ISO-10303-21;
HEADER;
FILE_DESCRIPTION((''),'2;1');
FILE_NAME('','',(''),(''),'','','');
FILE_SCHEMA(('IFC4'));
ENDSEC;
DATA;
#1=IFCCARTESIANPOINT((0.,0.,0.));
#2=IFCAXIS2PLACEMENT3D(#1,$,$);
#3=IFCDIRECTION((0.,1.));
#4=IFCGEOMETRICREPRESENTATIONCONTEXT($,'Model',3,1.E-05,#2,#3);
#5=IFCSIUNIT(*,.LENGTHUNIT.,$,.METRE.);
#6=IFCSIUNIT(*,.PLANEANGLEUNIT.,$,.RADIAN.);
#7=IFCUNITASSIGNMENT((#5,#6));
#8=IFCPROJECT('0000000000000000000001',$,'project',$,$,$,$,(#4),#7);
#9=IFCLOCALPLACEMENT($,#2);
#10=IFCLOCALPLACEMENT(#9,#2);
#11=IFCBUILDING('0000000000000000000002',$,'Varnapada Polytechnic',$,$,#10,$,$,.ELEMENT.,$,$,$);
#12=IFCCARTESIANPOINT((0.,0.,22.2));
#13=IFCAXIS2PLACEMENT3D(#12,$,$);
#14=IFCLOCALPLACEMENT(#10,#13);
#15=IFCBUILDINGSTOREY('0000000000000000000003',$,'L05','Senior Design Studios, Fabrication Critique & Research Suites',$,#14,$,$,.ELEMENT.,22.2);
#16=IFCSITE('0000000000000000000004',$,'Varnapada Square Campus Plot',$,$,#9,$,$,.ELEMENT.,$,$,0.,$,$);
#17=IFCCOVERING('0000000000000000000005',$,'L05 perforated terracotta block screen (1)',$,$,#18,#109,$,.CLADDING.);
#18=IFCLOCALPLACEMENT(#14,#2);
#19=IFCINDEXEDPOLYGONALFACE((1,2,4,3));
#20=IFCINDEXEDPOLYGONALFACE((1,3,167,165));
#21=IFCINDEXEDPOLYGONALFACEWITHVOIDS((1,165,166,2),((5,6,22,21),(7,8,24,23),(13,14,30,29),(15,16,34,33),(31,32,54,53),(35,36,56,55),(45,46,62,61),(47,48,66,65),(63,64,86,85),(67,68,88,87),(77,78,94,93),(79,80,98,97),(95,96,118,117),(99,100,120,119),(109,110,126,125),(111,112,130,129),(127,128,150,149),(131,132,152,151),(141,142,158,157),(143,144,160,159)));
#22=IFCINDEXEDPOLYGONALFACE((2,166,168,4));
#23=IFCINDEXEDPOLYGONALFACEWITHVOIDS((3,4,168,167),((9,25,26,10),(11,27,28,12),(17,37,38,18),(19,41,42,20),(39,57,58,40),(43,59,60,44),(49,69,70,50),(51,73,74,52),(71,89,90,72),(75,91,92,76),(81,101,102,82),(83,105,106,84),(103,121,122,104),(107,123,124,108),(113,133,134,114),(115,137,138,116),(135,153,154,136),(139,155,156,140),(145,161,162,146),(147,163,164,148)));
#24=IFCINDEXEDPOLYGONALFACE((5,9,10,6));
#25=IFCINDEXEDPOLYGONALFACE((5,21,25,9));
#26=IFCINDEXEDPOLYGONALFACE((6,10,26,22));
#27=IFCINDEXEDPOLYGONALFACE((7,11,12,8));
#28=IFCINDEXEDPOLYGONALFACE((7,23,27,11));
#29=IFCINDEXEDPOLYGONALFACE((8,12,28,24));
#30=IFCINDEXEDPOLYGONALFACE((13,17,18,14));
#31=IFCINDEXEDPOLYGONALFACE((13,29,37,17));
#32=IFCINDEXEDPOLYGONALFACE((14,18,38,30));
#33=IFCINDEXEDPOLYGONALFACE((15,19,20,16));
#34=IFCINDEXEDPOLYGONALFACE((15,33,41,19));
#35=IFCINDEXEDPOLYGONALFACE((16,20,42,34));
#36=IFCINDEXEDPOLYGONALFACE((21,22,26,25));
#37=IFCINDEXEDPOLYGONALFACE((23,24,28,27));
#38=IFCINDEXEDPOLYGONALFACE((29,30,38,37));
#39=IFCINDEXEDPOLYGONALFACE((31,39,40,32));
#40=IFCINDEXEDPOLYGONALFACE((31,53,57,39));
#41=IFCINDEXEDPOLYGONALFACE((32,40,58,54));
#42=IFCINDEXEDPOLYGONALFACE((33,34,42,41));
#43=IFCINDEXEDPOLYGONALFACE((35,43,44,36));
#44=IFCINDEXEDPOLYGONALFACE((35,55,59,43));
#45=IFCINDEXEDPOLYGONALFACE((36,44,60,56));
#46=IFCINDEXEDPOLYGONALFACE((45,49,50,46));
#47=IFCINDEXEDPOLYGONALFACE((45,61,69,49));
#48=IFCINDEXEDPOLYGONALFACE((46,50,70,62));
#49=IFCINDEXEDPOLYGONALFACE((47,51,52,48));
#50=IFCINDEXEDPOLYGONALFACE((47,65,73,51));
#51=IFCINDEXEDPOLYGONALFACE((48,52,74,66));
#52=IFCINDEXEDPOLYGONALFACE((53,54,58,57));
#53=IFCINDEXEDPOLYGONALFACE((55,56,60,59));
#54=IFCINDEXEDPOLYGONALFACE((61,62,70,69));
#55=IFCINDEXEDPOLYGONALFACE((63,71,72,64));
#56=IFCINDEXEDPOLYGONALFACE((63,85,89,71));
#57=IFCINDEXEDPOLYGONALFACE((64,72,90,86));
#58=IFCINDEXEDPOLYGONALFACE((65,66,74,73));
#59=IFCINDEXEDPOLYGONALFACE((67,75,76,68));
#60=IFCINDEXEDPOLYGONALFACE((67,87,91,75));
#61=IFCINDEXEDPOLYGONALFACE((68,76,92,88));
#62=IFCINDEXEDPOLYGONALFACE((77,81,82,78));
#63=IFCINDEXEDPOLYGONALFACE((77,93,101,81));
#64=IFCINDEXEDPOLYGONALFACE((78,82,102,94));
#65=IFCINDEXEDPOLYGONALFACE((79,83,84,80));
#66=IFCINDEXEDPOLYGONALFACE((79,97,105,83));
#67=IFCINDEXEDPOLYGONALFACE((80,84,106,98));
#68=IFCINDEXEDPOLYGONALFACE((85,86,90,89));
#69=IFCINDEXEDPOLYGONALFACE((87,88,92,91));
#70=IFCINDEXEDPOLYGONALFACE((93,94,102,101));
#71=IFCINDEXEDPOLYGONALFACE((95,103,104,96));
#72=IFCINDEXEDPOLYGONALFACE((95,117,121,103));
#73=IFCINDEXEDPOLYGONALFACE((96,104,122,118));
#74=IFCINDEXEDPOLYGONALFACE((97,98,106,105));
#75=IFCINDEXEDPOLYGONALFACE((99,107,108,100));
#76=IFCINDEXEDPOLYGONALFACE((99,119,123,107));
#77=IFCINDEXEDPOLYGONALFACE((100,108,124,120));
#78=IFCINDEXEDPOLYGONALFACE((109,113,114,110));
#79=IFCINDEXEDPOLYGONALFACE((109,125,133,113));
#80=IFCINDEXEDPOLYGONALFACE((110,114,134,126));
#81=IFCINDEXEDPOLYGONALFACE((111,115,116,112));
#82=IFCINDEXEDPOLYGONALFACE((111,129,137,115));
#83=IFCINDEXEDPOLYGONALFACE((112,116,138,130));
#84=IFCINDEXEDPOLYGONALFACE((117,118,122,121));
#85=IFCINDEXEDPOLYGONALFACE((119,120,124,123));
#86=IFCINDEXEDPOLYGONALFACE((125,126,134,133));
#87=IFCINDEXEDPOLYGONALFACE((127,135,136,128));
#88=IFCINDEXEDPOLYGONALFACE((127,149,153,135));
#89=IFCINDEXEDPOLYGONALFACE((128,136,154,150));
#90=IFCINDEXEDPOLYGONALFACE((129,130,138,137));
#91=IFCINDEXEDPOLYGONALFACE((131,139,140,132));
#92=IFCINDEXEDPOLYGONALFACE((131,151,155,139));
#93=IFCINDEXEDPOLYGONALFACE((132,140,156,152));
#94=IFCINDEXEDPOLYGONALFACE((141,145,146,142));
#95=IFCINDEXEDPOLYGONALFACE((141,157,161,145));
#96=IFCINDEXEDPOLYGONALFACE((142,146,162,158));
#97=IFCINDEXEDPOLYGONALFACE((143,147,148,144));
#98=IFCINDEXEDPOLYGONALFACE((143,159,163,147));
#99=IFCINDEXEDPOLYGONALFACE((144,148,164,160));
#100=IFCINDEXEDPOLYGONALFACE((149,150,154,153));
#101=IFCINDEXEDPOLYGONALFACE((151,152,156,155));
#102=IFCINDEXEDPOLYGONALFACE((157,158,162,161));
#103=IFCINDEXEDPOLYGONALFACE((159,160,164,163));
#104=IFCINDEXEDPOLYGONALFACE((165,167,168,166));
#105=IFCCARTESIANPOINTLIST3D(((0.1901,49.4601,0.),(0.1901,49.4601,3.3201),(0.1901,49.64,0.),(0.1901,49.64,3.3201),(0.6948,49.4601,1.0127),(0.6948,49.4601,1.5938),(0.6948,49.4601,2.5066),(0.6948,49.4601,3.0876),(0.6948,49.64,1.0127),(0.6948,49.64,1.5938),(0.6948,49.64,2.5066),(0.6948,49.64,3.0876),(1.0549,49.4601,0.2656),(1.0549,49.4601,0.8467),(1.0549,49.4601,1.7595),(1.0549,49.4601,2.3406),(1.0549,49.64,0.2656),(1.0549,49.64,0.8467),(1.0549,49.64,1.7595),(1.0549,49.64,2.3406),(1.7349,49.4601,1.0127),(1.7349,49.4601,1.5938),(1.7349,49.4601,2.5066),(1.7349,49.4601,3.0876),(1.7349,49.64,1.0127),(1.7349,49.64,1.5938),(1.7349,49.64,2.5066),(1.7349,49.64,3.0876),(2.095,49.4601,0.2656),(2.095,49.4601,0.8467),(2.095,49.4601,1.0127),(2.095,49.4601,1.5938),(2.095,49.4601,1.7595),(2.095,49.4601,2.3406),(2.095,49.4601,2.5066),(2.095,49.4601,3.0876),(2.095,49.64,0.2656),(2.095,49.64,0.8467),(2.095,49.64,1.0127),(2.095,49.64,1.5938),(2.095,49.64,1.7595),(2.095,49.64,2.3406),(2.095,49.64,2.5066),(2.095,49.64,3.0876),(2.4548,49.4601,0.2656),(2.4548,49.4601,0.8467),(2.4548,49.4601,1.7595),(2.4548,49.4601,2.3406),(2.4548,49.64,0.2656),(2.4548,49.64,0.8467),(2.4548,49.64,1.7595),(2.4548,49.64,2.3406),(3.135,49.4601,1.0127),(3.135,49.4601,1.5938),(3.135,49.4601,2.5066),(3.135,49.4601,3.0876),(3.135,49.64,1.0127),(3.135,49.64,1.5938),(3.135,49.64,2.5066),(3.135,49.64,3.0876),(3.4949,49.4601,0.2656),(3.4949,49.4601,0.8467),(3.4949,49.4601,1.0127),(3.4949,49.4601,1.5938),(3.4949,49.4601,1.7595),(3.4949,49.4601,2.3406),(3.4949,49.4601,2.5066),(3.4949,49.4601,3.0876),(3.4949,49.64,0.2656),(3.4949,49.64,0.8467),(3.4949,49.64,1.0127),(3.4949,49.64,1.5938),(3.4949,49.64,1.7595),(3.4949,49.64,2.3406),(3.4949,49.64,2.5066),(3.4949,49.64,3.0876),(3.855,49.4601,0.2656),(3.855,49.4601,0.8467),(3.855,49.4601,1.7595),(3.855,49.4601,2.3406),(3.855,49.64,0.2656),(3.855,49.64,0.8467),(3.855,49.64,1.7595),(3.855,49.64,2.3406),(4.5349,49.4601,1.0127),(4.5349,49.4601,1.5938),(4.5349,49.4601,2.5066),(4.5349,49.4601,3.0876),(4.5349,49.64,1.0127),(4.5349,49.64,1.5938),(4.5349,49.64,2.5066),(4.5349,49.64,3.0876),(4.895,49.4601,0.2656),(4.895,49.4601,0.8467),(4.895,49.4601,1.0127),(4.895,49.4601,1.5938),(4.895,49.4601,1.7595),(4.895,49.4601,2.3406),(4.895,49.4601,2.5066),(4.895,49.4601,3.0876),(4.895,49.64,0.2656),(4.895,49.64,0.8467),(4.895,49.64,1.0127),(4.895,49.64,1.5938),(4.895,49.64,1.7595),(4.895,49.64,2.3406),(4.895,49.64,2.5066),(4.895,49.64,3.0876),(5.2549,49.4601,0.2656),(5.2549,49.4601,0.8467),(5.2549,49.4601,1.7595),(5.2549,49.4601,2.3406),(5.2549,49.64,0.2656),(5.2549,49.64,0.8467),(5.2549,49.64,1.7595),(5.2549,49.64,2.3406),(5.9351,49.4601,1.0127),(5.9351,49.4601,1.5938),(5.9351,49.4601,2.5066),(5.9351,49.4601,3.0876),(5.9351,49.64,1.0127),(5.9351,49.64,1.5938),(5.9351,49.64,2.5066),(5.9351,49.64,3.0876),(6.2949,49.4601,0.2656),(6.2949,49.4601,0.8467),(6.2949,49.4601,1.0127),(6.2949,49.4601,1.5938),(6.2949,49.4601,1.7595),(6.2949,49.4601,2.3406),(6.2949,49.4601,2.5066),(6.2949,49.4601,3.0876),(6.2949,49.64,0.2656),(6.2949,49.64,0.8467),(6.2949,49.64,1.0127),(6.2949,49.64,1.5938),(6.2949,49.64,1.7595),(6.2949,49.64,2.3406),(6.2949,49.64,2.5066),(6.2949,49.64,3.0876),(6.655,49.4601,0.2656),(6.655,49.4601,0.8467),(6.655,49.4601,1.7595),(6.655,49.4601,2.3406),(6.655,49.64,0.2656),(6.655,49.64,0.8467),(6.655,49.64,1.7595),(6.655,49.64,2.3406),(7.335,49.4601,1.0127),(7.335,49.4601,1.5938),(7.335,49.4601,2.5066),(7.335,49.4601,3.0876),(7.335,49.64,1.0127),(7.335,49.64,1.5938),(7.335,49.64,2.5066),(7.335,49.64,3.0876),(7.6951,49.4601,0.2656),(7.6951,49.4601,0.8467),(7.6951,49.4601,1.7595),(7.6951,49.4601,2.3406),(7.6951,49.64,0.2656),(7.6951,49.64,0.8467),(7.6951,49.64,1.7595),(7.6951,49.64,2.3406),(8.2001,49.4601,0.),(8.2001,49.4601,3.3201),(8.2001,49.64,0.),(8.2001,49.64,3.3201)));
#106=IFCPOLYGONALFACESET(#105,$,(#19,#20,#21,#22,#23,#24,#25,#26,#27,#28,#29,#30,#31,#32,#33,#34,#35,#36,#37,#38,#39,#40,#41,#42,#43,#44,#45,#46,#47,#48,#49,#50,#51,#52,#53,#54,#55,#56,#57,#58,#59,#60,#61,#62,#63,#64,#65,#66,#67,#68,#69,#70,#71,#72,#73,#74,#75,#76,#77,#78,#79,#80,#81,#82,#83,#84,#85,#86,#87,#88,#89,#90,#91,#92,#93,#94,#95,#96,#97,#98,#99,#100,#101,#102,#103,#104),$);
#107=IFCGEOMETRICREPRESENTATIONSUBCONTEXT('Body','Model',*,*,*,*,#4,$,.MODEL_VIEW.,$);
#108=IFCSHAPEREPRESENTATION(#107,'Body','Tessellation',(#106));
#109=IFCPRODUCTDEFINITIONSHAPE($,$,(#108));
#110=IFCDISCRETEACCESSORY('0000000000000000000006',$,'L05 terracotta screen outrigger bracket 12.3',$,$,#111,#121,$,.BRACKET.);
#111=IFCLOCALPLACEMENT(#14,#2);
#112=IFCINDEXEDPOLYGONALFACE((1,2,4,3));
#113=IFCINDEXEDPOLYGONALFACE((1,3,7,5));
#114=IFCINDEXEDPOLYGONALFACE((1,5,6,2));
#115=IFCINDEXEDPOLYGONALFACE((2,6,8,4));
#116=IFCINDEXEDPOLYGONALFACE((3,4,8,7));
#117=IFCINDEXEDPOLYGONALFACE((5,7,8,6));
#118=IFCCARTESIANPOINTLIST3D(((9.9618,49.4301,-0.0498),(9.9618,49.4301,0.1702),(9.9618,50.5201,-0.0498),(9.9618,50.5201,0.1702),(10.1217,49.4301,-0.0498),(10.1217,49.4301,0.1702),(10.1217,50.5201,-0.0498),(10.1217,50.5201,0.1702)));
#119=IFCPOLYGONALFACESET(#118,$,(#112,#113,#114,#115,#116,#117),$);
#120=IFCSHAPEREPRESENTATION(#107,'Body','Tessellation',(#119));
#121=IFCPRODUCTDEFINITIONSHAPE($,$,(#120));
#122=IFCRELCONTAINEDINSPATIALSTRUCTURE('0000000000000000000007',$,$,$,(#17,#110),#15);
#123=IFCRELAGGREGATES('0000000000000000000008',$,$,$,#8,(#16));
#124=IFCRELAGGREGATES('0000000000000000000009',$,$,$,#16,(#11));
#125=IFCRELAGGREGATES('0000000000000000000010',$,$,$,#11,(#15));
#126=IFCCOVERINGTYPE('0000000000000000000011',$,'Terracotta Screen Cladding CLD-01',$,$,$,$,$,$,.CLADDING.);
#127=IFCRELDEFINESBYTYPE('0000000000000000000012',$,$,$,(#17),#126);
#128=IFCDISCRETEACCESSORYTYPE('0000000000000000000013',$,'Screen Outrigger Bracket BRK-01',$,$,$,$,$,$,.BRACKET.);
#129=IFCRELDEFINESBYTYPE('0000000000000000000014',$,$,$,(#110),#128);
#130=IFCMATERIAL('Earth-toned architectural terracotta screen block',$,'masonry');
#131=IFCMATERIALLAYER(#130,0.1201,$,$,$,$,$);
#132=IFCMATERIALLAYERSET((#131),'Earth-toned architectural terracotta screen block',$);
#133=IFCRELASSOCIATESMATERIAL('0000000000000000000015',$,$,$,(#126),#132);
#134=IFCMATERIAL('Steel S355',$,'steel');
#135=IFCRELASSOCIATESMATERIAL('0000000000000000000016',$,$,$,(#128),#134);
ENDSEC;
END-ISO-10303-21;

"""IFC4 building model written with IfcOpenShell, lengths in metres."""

from ifc_helpers import new_model, si_unit, direction, frame, frame_2d, origin, origin_2d, place, context, subcontext, project, spatial, rectangle, extrude, material, layer, layer_set, type_object, element, save


model = new_model("IFC4")

# Units and contexts
model_context = context("Model", 3, precision=1e-05, world=origin(), true_north=direction((0.0, 1.0)))
body_context = subcontext(model_context, "Body", "Model", "MODEL_VIEW")
ifc_project = project(units=[si_unit("LENGTHUNIT", "METRE"), si_unit("PLANEANGLEUNIT", "RADIAN")], contexts=[model_context])

# Site, building, storey
site_placement = place(None, origin())
site = spatial("IfcSite", under=ifc_project, at=site_placement, Name="Varnapada Square Campus Plot", CompositionType="ELEMENT", RefElevation=0.0)
building_placement = place(site_placement, origin())
building = spatial("IfcBuilding", under=site, at=building_placement, Name="Varnapada Polytechnic", CompositionType="ELEMENT")
storey_placement = place(building_placement, frame((0.0, 0.0, 22.2)))
storey = spatial("IfcBuildingStorey", under=building, at=storey_placement, Name="L05", Description="Senior Design Studios, Fabrication Critique & Research Suites", CompositionType="ELEMENT", Elevation=22.2)

# Covering, openings
ifc_material_1 = material(Name="Earth-toned architectural terracotta screen block", Category="masonry")
ifc_layer = layer(ifc_material_1, 0.1201)
ifc_layer_set = layer_set([ifc_layer], Name="Earth-toned architectural terracotta screen block")
covering_type = type_object("IfcCoveringType", Name="Terracotta Screen Cladding CLD-01", PredefinedType="CLADDING", material=ifc_layer_set)
covering_placement = place(storey_placement, frame((8.2, 49.55, 0.0), z_axis=(0.0, 0.0, 1.0), x_axis=(-1.0, 0.0, 0.0)))
covering = element("IfcCovering", 1, at=covering_placement, inside=storey, type_object=covering_type, Name="L05 perforated terracotta block screen (1)", PredefinedType="CLADDING", context=body_context, shape_type="SweptSolid", body=[
    extrude(rectangle(XDim=8.01, YDim=0.1799, at=frame_2d((4.0049, 0.0))), origin(), (0.0, 0.0, 1.0), 3.3201),
])
opening_1_placement = place(covering_placement, frame((0.5049, 0.0, 0.2656)))
element("IfcOpeningElement", 2, at=opening_1_placement, cuts=covering, PredefinedType="OPENING", context=body_context, shape_type="SweptSolid", body=[
    extrude(rectangle(XDim=1.04, YDim=0.5811, at=frame_2d((0.52, 0.2905))), frame((0.0, 0.0999, 0.0), z_axis=(0.0, -1.0, 0.0), x_axis=(1.0, 0.0, 0.0)), (0.0, 0.0, 1.0), 0.2),
])
opening_2_placement = place(covering_placement, frame((1.905, 0.0, 0.2656)))
element("IfcOpeningElement", 3, at=opening_2_placement, cuts=covering, PredefinedType="OPENING", context=body_context, shape_type="SweptSolid", body=[
    extrude(rectangle(XDim=1.04, YDim=0.5811, at=frame_2d((0.52, 0.2905))), frame((0.0, 0.0999, 0.0), z_axis=(0.0, -1.0, 0.0), x_axis=(1.0, 0.0, 0.0)), (0.0, 0.0, 1.0), 0.2),
])
opening_3_placement = place(covering_placement, frame((3.3049, 0.0, 0.2656)))
element("IfcOpeningElement", 4, at=opening_3_placement, cuts=covering, PredefinedType="OPENING", context=body_context, shape_type="SweptSolid", body=[
    extrude(rectangle(XDim=1.04, YDim=0.5811, at=frame_2d((0.52, 0.2905))), frame((0.0, 0.0999, 0.0), z_axis=(0.0, -1.0, 0.0), x_axis=(1.0, 0.0, 0.0)), (0.0, 0.0, 1.0), 0.2),
])
opening_4_placement = place(covering_placement, frame((4.7051, 0.0, 0.2656)))
element("IfcOpeningElement", 5, at=opening_4_placement, cuts=covering, PredefinedType="OPENING", context=body_context, shape_type="SweptSolid", body=[
    extrude(rectangle(XDim=1.04, YDim=0.5811, at=frame_2d((0.52, 0.2905))), frame((0.0, 0.0999, 0.0), z_axis=(0.0, -1.0, 0.0), x_axis=(1.0, 0.0, 0.0)), (0.0, 0.0, 1.0), 0.2),
])
opening_5_placement = place(covering_placement, frame((6.105, 0.0, 0.2656)))
element("IfcOpeningElement", 6, at=opening_5_placement, cuts=covering, PredefinedType="OPENING", context=body_context, shape_type="SweptSolid", body=[
    extrude(rectangle(XDim=1.04, YDim=0.5811, at=frame_2d((0.52, 0.2905))), frame((0.0, 0.0999, 0.0), z_axis=(0.0, -1.0, 0.0), x_axis=(1.0, 0.0, 0.0)), (0.0, 0.0, 1.0), 0.2),
])
opening_6_placement = place(covering_placement, frame((0.865, 0.0, 1.0127)))
element("IfcOpeningElement", 7, at=opening_6_placement, cuts=covering, PredefinedType="OPENING", context=body_context, shape_type="SweptSolid", body=[
    extrude(rectangle(XDim=1.04, YDim=0.5811, at=frame_2d((0.52, 0.2905))), frame((0.0, 0.0999, 0.0), z_axis=(0.0, -1.0, 0.0), x_axis=(1.0, 0.0, 0.0)), (0.0, 0.0, 1.0), 0.2),
])
opening_7_placement = place(covering_placement, frame((2.2649, 0.0, 1.0127)))
element("IfcOpeningElement", 8, at=opening_7_placement, cuts=covering, PredefinedType="OPENING", context=body_context, shape_type="SweptSolid", body=[
    extrude(rectangle(XDim=1.04, YDim=0.5811, at=frame_2d((0.52, 0.2905))), frame((0.0, 0.0999, 0.0), z_axis=(0.0, -1.0, 0.0), x_axis=(1.0, 0.0, 0.0)), (0.0, 0.0, 1.0), 0.2),
])
opening_8_placement = place(covering_placement, frame((3.665, 0.0, 1.0127)))
element("IfcOpeningElement", 9, at=opening_8_placement, cuts=covering, PredefinedType="OPENING", context=body_context, shape_type="SweptSolid", body=[
    extrude(rectangle(XDim=1.04, YDim=0.5811, at=frame_2d((0.52, 0.2905))), frame((0.0, 0.0999, 0.0), z_axis=(0.0, -1.0, 0.0), x_axis=(1.0, 0.0, 0.0)), (0.0, 0.0, 1.0), 0.2),
])
opening_9_placement = place(covering_placement, frame((5.0649, 0.0, 1.0127)))
element("IfcOpeningElement", 10, at=opening_9_placement, cuts=covering, PredefinedType="OPENING", context=body_context, shape_type="SweptSolid", body=[
    extrude(rectangle(XDim=1.04, YDim=0.5811, at=frame_2d((0.52, 0.2905))), frame((0.0, 0.0999, 0.0), z_axis=(0.0, -1.0, 0.0), x_axis=(1.0, 0.0, 0.0)), (0.0, 0.0, 1.0), 0.2),
])
opening_10_placement = place(covering_placement, frame((6.4651, 0.0, 1.0127)))
element("IfcOpeningElement", 11, at=opening_10_placement, cuts=covering, PredefinedType="OPENING", context=body_context, shape_type="SweptSolid", body=[
    extrude(rectangle(XDim=1.04, YDim=0.5811, at=frame_2d((0.52, 0.2905))), frame((0.0, 0.0999, 0.0), z_axis=(0.0, -1.0, 0.0), x_axis=(1.0, 0.0, 0.0)), (0.0, 0.0, 1.0), 0.2),
])
opening_11_placement = place(covering_placement, frame((0.5049, 0.0, 1.7595)))
element("IfcOpeningElement", 12, at=opening_11_placement, cuts=covering, PredefinedType="OPENING", context=body_context, shape_type="SweptSolid", body=[
    extrude(rectangle(XDim=1.04, YDim=0.5811, at=frame_2d((0.52, 0.2905))), frame((0.0, 0.0999, 0.0), z_axis=(0.0, -1.0, 0.0), x_axis=(1.0, 0.0, 0.0)), (0.0, 0.0, 1.0), 0.2),
])
opening_12_placement = place(covering_placement, frame((1.905, 0.0, 1.7595)))
element("IfcOpeningElement", 13, at=opening_12_placement, cuts=covering, PredefinedType="OPENING", context=body_context, shape_type="SweptSolid", body=[
    extrude(rectangle(XDim=1.04, YDim=0.5811, at=frame_2d((0.52, 0.2905))), frame((0.0, 0.0999, 0.0), z_axis=(0.0, -1.0, 0.0), x_axis=(1.0, 0.0, 0.0)), (0.0, 0.0, 1.0), 0.2),
])
opening_13_placement = place(covering_placement, frame((3.3049, 0.0, 1.7595)))
element("IfcOpeningElement", 14, at=opening_13_placement, cuts=covering, PredefinedType="OPENING", context=body_context, shape_type="SweptSolid", body=[
    extrude(rectangle(XDim=1.04, YDim=0.5811, at=frame_2d((0.52, 0.2905))), frame((0.0, 0.0999, 0.0), z_axis=(0.0, -1.0, 0.0), x_axis=(1.0, 0.0, 0.0)), (0.0, 0.0, 1.0), 0.2),
])
opening_14_placement = place(covering_placement, frame((4.7051, 0.0, 1.7595)))
element("IfcOpeningElement", 15, at=opening_14_placement, cuts=covering, PredefinedType="OPENING", context=body_context, shape_type="SweptSolid", body=[
    extrude(rectangle(XDim=1.04, YDim=0.5811, at=frame_2d((0.52, 0.2905))), frame((0.0, 0.0999, 0.0), z_axis=(0.0, -1.0, 0.0), x_axis=(1.0, 0.0, 0.0)), (0.0, 0.0, 1.0), 0.2),
])
opening_15_placement = place(covering_placement, frame((6.105, 0.0, 1.7595)))
element("IfcOpeningElement", 16, at=opening_15_placement, cuts=covering, PredefinedType="OPENING", context=body_context, shape_type="SweptSolid", body=[
    extrude(rectangle(XDim=1.04, YDim=0.5811, at=frame_2d((0.52, 0.2905))), frame((0.0, 0.0999, 0.0), z_axis=(0.0, -1.0, 0.0), x_axis=(1.0, 0.0, 0.0)), (0.0, 0.0, 1.0), 0.2),
])
opening_16_placement = place(covering_placement, frame((0.865, 0.0, 2.5066)))
element("IfcOpeningElement", 17, at=opening_16_placement, cuts=covering, PredefinedType="OPENING", context=body_context, shape_type="SweptSolid", body=[
    extrude(rectangle(XDim=1.04, YDim=0.5811, at=frame_2d((0.52, 0.2905))), frame((0.0, 0.0999, 0.0), z_axis=(0.0, -1.0, 0.0), x_axis=(1.0, 0.0, 0.0)), (0.0, 0.0, 1.0), 0.2),
])
opening_17_placement = place(covering_placement, frame((2.2649, 0.0, 2.5066)))
element("IfcOpeningElement", 18, at=opening_17_placement, cuts=covering, PredefinedType="OPENING", context=body_context, shape_type="SweptSolid", body=[
    extrude(rectangle(XDim=1.04, YDim=0.5811, at=frame_2d((0.52, 0.2905))), frame((0.0, 0.0999, 0.0), z_axis=(0.0, -1.0, 0.0), x_axis=(1.0, 0.0, 0.0)), (0.0, 0.0, 1.0), 0.2),
])
opening_18_placement = place(covering_placement, frame((3.665, 0.0, 2.5066)))
element("IfcOpeningElement", 19, at=opening_18_placement, cuts=covering, PredefinedType="OPENING", context=body_context, shape_type="SweptSolid", body=[
    extrude(rectangle(XDim=1.04, YDim=0.5811, at=frame_2d((0.52, 0.2905))), frame((0.0, 0.0999, 0.0), z_axis=(0.0, -1.0, 0.0), x_axis=(1.0, 0.0, 0.0)), (0.0, 0.0, 1.0), 0.2),
])
opening_19_placement = place(covering_placement, frame((5.0649, 0.0, 2.5066)))
element("IfcOpeningElement", 20, at=opening_19_placement, cuts=covering, PredefinedType="OPENING", context=body_context, shape_type="SweptSolid", body=[
    extrude(rectangle(XDim=1.04, YDim=0.5811, at=frame_2d((0.52, 0.2905))), frame((0.0, 0.0999, 0.0), z_axis=(0.0, -1.0, 0.0), x_axis=(1.0, 0.0, 0.0)), (0.0, 0.0, 1.0), 0.2),
])
opening_20_placement = place(covering_placement, frame((6.4651, 0.0, 2.5066)))
element("IfcOpeningElement", 21, at=opening_20_placement, cuts=covering, PredefinedType="OPENING", context=body_context, shape_type="SweptSolid", body=[
    extrude(rectangle(XDim=1.04, YDim=0.5811, at=frame_2d((0.52, 0.2905))), frame((0.0, 0.0999, 0.0), z_axis=(0.0, -1.0, 0.0), x_axis=(1.0, 0.0, 0.0)), (0.0, 0.0, 1.0), 0.2),
])

# Discrete accessory
ifc_material_2 = material(Name="Steel S355", Category="steel")
discrete_accessory_type = type_object("IfcDiscreteAccessoryType", Name="Screen Outrigger Bracket BRK-01", PredefinedType="BRACKET", material=ifc_material_2)
discrete_accessory_placement = place(storey_placement, frame((10.0417, 49.9751, -0.0498), z_axis=(0.0, 0.0, 1.0), x_axis=(-1.0, 0.0, 0.0)))
element("IfcDiscreteAccessory", 22, at=discrete_accessory_placement, inside=storey, type_object=discrete_accessory_type, Name="L05 terracotta screen outrigger bracket 12.3", PredefinedType="BRACKET", context=body_context, shape_type="SweptSolid", body=[
    extrude(rectangle(XDim=0.1599, YDim=1.0901, at=origin_2d()), origin(), (0.0, 0.0, 1.0), 0.22),
])

save(model, "model.ifc")
